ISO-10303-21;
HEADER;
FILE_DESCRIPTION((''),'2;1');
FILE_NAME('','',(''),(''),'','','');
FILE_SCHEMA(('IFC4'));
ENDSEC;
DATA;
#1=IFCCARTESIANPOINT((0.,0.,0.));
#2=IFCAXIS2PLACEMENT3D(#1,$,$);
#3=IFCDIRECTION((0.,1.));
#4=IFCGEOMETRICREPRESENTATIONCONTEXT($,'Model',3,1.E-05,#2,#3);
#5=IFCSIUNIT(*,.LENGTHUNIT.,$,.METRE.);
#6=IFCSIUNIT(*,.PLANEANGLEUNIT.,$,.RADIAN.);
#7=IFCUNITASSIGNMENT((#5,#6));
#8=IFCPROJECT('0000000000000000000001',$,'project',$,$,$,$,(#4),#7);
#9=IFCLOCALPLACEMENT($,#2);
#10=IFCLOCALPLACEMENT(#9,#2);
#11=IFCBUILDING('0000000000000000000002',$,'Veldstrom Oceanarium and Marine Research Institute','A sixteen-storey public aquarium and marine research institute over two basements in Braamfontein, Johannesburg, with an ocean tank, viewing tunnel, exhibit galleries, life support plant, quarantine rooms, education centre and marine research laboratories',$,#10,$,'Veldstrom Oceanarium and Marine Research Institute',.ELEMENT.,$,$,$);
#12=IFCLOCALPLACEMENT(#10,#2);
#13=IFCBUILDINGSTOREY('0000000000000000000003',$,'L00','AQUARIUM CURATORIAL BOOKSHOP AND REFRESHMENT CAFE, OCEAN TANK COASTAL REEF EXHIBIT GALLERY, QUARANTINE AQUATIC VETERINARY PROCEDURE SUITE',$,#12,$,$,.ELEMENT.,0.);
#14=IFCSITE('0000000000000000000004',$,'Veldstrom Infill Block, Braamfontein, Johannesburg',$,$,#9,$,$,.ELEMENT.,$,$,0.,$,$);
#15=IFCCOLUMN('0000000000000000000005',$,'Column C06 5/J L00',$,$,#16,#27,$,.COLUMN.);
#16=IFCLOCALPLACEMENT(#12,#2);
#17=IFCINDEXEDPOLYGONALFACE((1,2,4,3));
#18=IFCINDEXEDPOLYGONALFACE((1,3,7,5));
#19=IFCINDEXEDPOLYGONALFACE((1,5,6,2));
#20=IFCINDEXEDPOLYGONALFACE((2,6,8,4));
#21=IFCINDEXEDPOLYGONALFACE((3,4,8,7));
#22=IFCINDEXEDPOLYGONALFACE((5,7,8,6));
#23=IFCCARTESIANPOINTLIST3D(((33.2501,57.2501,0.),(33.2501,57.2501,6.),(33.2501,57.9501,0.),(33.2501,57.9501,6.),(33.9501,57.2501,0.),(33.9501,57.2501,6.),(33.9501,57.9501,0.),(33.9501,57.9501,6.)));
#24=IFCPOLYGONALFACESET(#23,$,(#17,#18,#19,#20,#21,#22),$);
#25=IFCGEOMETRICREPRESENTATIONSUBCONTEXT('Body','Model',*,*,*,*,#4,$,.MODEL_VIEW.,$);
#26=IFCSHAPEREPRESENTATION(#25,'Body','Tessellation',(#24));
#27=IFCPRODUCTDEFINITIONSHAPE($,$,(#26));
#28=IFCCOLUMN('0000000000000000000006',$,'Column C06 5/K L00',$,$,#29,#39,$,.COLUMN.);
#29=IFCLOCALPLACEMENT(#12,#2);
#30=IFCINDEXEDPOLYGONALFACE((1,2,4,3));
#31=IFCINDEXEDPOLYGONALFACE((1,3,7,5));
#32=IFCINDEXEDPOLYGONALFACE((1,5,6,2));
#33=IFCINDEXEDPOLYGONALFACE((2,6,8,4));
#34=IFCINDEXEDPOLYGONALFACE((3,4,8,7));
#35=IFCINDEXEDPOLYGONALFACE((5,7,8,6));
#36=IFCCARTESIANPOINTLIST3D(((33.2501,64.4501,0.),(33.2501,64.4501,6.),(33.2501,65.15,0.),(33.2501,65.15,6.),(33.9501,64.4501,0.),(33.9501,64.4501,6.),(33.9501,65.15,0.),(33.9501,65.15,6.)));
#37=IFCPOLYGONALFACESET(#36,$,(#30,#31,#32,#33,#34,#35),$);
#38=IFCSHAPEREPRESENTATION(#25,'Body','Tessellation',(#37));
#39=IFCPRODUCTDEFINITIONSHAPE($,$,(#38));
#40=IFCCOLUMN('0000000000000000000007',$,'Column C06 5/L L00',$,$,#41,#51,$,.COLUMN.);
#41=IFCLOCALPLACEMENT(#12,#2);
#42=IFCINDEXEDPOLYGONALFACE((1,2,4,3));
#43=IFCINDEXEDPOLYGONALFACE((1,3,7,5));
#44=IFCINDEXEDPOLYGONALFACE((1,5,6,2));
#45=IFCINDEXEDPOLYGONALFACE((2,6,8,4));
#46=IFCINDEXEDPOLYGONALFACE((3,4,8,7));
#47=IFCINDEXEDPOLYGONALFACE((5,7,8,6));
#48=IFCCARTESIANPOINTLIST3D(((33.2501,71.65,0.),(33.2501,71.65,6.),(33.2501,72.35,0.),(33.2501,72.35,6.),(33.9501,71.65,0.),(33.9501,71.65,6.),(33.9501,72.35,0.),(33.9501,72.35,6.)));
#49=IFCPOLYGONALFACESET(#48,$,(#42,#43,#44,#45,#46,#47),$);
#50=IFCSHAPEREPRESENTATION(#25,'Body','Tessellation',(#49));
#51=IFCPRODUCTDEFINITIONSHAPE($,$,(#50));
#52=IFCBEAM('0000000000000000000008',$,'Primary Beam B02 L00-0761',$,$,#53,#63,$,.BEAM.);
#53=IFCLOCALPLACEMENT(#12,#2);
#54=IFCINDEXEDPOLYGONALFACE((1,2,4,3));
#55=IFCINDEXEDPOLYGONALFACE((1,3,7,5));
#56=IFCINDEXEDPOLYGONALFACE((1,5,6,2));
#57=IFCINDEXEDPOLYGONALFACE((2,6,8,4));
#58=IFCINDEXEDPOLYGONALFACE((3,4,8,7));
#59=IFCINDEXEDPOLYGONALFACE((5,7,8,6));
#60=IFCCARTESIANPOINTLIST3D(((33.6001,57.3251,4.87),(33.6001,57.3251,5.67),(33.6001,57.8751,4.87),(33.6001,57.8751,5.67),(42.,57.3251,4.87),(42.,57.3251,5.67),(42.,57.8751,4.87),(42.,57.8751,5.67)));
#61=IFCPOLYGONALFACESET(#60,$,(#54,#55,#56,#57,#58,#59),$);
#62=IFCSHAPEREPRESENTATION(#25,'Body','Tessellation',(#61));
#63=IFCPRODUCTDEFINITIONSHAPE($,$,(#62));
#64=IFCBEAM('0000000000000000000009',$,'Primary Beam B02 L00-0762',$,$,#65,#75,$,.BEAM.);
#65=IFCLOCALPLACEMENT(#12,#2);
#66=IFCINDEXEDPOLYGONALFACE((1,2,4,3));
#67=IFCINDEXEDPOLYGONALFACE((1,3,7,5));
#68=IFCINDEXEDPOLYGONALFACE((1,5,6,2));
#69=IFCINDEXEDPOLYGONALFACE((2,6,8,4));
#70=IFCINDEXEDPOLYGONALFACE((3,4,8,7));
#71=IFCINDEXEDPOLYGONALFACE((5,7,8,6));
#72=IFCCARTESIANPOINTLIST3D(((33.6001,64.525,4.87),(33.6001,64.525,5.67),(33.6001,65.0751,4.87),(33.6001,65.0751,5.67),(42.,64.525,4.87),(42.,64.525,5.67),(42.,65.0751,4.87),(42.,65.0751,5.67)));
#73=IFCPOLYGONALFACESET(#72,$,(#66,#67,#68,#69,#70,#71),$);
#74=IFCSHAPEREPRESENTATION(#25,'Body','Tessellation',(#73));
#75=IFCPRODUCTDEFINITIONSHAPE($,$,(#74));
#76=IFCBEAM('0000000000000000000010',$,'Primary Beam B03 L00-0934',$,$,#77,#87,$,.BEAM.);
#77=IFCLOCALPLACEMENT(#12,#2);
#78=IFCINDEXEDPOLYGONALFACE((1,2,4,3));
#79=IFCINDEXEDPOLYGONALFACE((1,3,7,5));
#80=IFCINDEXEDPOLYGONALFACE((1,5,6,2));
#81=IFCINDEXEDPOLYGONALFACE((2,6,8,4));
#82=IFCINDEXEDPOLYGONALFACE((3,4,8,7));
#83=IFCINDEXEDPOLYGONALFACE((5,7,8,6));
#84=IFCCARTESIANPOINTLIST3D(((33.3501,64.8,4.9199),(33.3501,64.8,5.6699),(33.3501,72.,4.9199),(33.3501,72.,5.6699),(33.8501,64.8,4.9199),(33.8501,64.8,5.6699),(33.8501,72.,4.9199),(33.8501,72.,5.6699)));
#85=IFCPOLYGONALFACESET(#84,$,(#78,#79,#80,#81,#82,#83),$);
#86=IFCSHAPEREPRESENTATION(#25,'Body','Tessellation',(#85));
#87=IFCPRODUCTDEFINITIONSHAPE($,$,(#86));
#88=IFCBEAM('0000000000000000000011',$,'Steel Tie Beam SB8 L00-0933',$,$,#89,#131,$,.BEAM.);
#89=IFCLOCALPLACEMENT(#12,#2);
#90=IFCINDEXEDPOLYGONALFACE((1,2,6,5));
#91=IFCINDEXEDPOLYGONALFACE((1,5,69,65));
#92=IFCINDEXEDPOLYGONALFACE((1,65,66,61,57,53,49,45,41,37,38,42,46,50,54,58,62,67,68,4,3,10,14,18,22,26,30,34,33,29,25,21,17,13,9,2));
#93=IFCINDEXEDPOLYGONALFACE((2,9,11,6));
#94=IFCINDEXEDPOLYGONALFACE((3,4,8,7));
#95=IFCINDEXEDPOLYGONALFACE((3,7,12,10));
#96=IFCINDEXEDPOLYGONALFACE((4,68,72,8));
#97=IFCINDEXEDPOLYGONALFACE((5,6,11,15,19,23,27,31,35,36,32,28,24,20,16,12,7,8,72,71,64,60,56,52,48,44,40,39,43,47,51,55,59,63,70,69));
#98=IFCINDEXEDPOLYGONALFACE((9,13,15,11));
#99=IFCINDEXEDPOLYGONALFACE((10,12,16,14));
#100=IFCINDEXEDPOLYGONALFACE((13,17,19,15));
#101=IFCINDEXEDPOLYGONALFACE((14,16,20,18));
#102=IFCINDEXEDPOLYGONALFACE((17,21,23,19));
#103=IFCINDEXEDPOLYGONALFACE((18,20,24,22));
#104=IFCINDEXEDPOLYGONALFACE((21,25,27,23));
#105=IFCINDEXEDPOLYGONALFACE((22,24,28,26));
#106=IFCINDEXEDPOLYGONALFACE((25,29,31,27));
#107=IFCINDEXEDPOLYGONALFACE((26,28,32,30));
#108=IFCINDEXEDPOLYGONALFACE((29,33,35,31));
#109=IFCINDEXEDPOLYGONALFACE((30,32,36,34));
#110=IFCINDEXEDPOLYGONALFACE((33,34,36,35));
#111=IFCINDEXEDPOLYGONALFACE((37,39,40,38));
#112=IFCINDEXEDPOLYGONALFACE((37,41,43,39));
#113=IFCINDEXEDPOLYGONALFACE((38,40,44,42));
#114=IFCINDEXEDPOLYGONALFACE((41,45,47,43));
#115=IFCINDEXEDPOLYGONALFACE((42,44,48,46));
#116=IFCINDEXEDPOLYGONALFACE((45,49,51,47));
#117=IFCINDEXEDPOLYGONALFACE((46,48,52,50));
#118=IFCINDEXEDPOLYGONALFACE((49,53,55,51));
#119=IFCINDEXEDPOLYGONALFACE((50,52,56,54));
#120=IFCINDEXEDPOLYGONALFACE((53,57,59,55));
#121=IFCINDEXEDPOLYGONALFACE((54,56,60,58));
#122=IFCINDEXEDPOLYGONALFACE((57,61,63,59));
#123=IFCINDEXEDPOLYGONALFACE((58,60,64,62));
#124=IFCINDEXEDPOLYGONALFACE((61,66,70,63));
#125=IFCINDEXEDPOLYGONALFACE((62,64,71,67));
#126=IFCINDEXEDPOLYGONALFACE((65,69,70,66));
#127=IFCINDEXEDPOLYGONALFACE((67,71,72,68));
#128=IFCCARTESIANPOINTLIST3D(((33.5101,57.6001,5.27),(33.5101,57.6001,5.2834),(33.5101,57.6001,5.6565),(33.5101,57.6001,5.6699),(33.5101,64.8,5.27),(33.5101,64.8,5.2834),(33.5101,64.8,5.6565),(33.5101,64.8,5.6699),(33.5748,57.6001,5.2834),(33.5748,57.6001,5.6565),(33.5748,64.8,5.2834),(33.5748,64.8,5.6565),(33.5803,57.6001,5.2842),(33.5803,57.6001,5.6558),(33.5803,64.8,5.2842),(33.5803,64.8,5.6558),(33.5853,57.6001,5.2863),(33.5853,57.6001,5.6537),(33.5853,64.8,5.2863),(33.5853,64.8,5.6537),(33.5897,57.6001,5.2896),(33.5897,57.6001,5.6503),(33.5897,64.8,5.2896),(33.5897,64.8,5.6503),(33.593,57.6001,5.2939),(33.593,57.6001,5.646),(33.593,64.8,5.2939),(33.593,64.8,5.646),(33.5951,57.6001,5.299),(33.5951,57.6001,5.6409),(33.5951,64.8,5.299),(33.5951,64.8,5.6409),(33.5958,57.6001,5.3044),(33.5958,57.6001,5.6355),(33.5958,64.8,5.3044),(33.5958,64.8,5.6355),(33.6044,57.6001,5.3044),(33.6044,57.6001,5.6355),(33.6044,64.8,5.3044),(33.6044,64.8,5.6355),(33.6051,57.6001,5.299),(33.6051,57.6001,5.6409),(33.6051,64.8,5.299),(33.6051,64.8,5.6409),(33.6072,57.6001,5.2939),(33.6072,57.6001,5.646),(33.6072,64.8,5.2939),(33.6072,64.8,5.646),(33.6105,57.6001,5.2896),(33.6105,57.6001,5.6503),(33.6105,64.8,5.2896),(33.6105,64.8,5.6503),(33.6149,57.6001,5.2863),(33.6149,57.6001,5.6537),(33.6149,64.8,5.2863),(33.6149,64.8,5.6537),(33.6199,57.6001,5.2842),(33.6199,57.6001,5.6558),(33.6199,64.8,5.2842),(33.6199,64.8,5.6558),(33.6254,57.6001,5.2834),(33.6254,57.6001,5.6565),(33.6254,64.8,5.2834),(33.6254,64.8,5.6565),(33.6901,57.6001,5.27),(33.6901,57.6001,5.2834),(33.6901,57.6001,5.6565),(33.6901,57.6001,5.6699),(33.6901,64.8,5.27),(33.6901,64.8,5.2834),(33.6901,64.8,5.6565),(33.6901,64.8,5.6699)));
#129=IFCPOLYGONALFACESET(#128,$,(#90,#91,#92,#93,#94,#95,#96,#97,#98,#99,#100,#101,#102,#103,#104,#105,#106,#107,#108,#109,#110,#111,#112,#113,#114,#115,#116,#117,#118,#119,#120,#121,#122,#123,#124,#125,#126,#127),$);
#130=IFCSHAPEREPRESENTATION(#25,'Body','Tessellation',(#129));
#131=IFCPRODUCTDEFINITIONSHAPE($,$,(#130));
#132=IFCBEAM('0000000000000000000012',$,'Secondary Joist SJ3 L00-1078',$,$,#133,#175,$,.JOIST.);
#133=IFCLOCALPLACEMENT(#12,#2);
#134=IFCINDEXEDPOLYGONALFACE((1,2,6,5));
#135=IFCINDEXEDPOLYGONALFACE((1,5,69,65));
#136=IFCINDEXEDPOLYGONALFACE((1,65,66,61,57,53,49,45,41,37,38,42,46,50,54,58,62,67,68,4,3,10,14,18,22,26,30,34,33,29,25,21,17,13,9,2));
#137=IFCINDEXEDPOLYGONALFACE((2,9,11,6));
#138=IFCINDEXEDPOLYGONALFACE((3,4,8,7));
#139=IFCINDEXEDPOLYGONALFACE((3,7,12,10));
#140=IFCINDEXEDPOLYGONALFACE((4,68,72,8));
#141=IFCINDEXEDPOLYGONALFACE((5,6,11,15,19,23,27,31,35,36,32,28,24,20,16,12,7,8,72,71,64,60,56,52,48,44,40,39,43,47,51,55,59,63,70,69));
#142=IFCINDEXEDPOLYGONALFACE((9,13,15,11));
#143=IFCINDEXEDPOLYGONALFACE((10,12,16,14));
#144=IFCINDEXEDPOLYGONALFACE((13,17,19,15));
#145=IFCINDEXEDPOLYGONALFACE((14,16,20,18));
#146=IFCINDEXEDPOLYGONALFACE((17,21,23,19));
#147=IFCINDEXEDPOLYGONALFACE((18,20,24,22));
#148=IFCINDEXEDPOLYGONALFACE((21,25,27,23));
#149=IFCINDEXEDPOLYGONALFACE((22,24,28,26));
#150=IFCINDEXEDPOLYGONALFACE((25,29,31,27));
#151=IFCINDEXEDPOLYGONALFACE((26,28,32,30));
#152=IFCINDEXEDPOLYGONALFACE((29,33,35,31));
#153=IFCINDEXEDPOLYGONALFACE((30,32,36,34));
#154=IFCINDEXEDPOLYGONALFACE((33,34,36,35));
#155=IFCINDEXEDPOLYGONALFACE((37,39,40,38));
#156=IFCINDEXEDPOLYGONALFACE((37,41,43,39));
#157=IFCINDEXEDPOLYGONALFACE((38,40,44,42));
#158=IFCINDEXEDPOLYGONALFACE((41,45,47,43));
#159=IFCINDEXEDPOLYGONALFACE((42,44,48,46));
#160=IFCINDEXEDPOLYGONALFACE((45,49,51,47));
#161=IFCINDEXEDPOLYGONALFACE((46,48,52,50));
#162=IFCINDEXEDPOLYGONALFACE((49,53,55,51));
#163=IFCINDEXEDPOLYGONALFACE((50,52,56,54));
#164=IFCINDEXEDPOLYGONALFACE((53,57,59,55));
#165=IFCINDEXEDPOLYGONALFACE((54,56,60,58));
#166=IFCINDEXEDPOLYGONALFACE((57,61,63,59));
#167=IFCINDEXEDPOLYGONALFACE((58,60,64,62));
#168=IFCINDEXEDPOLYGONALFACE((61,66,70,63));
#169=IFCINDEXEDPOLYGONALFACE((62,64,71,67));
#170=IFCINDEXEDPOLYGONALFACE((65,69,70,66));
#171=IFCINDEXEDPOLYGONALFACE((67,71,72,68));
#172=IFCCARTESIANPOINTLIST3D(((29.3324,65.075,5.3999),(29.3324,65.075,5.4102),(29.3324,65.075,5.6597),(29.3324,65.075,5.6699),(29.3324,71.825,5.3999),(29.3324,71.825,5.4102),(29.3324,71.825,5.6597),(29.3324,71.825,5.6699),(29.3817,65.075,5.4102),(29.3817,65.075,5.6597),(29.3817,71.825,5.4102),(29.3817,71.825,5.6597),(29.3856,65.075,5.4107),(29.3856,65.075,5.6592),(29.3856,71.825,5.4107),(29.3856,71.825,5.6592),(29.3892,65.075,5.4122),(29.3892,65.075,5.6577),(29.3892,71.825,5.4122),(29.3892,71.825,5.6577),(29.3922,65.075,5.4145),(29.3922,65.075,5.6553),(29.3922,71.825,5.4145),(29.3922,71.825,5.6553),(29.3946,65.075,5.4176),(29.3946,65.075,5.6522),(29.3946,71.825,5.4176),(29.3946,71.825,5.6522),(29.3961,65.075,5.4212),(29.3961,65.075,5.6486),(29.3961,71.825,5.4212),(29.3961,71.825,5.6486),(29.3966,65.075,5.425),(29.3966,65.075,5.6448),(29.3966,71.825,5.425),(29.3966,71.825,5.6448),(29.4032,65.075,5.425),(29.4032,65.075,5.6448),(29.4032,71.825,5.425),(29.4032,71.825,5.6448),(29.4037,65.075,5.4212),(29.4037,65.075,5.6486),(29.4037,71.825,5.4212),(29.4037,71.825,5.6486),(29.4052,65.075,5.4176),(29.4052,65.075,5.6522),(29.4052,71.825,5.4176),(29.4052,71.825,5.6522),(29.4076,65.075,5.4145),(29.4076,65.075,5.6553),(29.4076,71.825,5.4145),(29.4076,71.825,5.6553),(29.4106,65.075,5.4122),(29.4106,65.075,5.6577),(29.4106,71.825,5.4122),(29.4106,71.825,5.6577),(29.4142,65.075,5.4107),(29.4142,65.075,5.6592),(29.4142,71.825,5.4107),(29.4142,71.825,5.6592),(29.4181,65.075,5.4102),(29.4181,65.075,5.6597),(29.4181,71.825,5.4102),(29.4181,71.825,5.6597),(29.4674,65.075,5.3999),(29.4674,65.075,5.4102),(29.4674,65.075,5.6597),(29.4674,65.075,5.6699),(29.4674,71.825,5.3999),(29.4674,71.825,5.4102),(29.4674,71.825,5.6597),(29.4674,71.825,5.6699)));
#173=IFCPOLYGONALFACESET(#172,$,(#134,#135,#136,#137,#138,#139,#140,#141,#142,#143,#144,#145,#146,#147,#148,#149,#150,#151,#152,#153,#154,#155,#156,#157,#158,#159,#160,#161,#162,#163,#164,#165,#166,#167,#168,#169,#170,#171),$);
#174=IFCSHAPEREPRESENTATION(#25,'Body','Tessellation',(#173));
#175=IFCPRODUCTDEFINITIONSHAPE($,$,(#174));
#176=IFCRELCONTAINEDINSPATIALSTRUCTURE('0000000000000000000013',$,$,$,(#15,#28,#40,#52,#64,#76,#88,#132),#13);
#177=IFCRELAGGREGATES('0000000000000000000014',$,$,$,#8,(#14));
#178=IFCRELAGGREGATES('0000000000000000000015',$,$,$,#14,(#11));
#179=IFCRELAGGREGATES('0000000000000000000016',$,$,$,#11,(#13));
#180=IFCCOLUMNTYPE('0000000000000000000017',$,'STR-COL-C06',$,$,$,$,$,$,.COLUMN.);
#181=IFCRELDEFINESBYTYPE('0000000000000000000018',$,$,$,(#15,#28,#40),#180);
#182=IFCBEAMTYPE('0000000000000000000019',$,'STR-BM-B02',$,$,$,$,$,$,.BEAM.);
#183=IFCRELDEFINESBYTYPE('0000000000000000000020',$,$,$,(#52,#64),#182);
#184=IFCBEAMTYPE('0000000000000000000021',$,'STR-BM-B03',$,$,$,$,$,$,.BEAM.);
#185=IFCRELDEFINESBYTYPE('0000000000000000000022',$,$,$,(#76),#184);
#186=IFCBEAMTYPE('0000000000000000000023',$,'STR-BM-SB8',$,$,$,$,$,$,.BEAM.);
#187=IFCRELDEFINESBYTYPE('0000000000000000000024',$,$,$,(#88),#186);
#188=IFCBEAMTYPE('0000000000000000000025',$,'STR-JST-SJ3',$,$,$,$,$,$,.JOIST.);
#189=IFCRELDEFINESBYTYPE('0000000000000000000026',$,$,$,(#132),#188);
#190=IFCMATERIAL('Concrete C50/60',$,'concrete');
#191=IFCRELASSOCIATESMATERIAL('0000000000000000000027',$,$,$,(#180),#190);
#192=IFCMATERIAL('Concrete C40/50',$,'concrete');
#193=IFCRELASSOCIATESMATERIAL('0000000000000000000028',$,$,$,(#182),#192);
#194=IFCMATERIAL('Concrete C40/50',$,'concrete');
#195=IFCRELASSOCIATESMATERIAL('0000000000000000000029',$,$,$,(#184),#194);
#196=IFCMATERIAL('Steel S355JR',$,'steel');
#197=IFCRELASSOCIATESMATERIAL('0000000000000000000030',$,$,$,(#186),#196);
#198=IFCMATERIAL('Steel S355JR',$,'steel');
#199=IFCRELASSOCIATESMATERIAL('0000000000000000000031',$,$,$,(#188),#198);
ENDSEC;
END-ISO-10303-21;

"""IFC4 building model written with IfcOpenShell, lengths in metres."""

from ifc_helpers import new_model, si_unit, direction, frame, origin, origin_2d, place, context, subcontext, project, spatial, rectangle, i_section, extrude, material, material_profile, profile_set, type_object, element, save


model = new_model("IFC4")

# Units and contexts
model_context = context("Model", 3, precision=1e-05, world=origin(), true_north=direction((0.0, 1.0)))
body_context = subcontext(model_context, "Body", "Model", "MODEL_VIEW")
ifc_project = project(units=[si_unit("LENGTHUNIT", "METRE"), si_unit("PLANEANGLEUNIT", "RADIAN")], contexts=[model_context])

# Site, building, storey
site_placement = place(None, origin())
site = spatial("IfcSite", under=ifc_project, at=site_placement, Name="Veldstrom Infill Block, Braamfontein, Johannesburg", CompositionType="ELEMENT", RefElevation=0.0)
building_placement = place(site_placement, origin())
building = spatial("IfcBuilding", under=site, at=building_placement, Name="Veldstrom Oceanarium and Marine Research Institute", Description="A sixteen-storey public aquarium and marine research institute over two basements in Braamfontein, Johannesburg, with an ocean tank, viewing tunnel, exhibit galleries, life support plant, quarantine rooms, education centre and marine research laboratories", LongName="Veldstrom Oceanarium and Marine Research Institute", CompositionType="ELEMENT")
storey_placement = place(building_placement, origin())
storey = spatial("IfcBuildingStorey", under=building, at=storey_placement, Name="L00", Description="AQUARIUM CURATORIAL BOOKSHOP AND REFRESHMENT CAFE, OCEAN TANK COASTAL REEF EXHIBIT GALLERY, QUARANTINE AQUATIC VETERINARY PROCEDURE SUITE", CompositionType="ELEMENT", Elevation=0.0)

# Columns
ifc_material_1 = material(Name="Concrete C50/60", Category="concrete")
ifc_material_profile_1 = material_profile(ifc_material_1, rectangle(XDim=0.7, YDim=0.7, at=origin_2d()), Name="RC-COL-700x700")
ifc_profile_set_1 = profile_set([ifc_material_profile_1], Name="Concrete C50/60")
column_type = type_object("IfcColumnType", Name="STR-COL-C06", PredefinedType="COLUMN", material=ifc_profile_set_1)
for number, where, z_axis, x_axis, name in (
    (1, (33.6001, 57.6001, 0.0), (0.0, 0.0, 1.0), (1.0, 0.0, 0.0), "Column C06 5/J L00"),
    (2, (33.6001, 64.8, 0.0), (0.0, 0.0, 1.0), (1.0, 0.0, 0.0), "Column C06 5/K L00"),
    (3, (33.6001, 72.0, 0.0), (0.0, 0.0, 1.0), (1.0, 0.0, 0.0), "Column C06 5/L L00"),
):
    element("IfcColumn", number, at=place(storey_placement, frame(where, z_axis=z_axis, x_axis=x_axis)), inside=storey, type_object=column_type, Name=name, PredefinedType="COLUMN", context=body_context, shape_type="SweptSolid", body=[
        extrude(rectangle(XDim=0.7, YDim=0.7, at=origin_2d()), origin(), (0.0, 0.0, 1.0), 6.0),
    ])

# Beams
ifc_material_2 = material(Name="Concrete C40/50", Category="concrete")
ifc_material_profile_2 = material_profile(ifc_material_2, rectangle(XDim=0.55, YDim=0.8, at=origin_2d()), Name="RC-BM-550x800")
ifc_profile_set_2 = profile_set([ifc_material_profile_2], Name="Concrete C40/50")
beam_type_1 = type_object("IfcBeamType", Name="STR-BM-B02", PredefinedType="BEAM", material=ifc_profile_set_2)
for number, where, z_axis, x_axis, name in (
    (4, (33.6001, 57.6001, 5.27), (1.0, 0.0, 0.0), (0.0, 1.0, 0.0), "Primary Beam B02 L00-0761"),
    (5, (33.6001, 64.8, 5.27), (1.0, 0.0, 0.0), (0.0, 1.0, 0.0), "Primary Beam B02 L00-0762"),
):
    element("IfcBeam", number, at=place(storey_placement, frame(where, z_axis=z_axis, x_axis=x_axis)), inside=storey, type_object=beam_type_1, Name=name, PredefinedType="BEAM", context=body_context, shape_type="SweptSolid", body=[
        extrude(rectangle(XDim=0.55, YDim=0.8, at=origin_2d()), origin(), (0.0, 0.0, 1.0), 8.3999),
    ])
ifc_material_3 = material(Name="Concrete C40/50", Category="concrete")
ifc_material_profile_3 = material_profile(ifc_material_3, rectangle(XDim=0.5, YDim=0.75, at=origin_2d()), Name="RC-BM-500x750")
ifc_profile_set_3 = profile_set([ifc_material_profile_3], Name="Concrete C40/50")
beam_type_2 = type_object("IfcBeamType", Name="STR-BM-B03", PredefinedType="BEAM", material=ifc_profile_set_3)
beam_1_placement = place(storey_placement, frame((33.6001, 64.8, 5.2949), z_axis=(0.0, 1.0, 0.0), x_axis=(-1.0, 0.0, 0.0)))
element("IfcBeam", 6, at=beam_1_placement, inside=storey, type_object=beam_type_2, Name="Primary Beam B03 L00-0934", PredefinedType="BEAM", context=body_context, shape_type="SweptSolid", body=[
    extrude(rectangle(XDim=0.5, YDim=0.75, at=origin_2d()), origin(), (0.0, 0.0, 1.0), 7.2),
])
ifc_material_4 = material(Name="Steel S355JR", Category="steel")
ifc_material_profile_4 = material_profile(ifc_material_4, i_section(OverallWidth=0.1799, OverallDepth=0.3999, WebThickness=0.0085, FlangeThickness=0.0134, FilletRadius=0.021, at=origin_2d()), Name="IPE 400")
ifc_profile_set_4 = profile_set([ifc_material_profile_4], Name="Steel S355JR")
beam_type_3 = type_object("IfcBeamType", Name="STR-BM-SB8", PredefinedType="BEAM", material=ifc_profile_set_4)
beam_2_placement = place(storey_placement, frame((33.6001, 57.6001, 5.47), z_axis=(0.0, 1.0, 0.0), x_axis=(-1.0, 0.0, 0.0)))
element("IfcBeam", 7, at=beam_2_placement, inside=storey, type_object=beam_type_3, Name="Steel Tie Beam SB8 L00-0933", PredefinedType="BEAM", context=body_context, shape_type="SweptSolid", body=[
    extrude(i_section(OverallWidth=0.1799, OverallDepth=0.3999, WebThickness=0.0085, FlangeThickness=0.0134, FilletRadius=0.021, at=origin_2d()), origin(), (0.0, 0.0, 1.0), 7.2),
])
ifc_material_5 = material(Name="Steel S355JR", Category="steel")
ifc_material_profile_5 = material_profile(ifc_material_5, i_section(OverallWidth=0.135, OverallDepth=0.27, WebThickness=0.0066, FlangeThickness=0.0103, FilletRadius=0.0149, at=origin_2d()), Name="IPE 270")
ifc_profile_set_5 = profile_set([ifc_material_profile_5], Name="Steel S355JR")
beam_type_4 = type_object("IfcBeamType", Name="STR-JST-SJ3", PredefinedType="JOIST", material=ifc_profile_set_5)
beam_3_placement = place(storey_placement, frame((29.3999, 65.075, 5.5349), z_axis=(0.0, 1.0, 0.0), x_axis=(-1.0, 0.0, 0.0)))
element("IfcBeam", 8, at=beam_3_placement, inside=storey, type_object=beam_type_4, Name="Secondary Joist SJ3 L00-1078", PredefinedType="JOIST", context=body_context, shape_type="SweptSolid", body=[
    extrude(i_section(OverallWidth=0.135, OverallDepth=0.27, WebThickness=0.0066, FlangeThickness=0.0103, FilletRadius=0.0149, at=origin_2d()), origin(), (0.0, 0.0, 1.0), 6.75),
])

save(model, "model.ifc")
